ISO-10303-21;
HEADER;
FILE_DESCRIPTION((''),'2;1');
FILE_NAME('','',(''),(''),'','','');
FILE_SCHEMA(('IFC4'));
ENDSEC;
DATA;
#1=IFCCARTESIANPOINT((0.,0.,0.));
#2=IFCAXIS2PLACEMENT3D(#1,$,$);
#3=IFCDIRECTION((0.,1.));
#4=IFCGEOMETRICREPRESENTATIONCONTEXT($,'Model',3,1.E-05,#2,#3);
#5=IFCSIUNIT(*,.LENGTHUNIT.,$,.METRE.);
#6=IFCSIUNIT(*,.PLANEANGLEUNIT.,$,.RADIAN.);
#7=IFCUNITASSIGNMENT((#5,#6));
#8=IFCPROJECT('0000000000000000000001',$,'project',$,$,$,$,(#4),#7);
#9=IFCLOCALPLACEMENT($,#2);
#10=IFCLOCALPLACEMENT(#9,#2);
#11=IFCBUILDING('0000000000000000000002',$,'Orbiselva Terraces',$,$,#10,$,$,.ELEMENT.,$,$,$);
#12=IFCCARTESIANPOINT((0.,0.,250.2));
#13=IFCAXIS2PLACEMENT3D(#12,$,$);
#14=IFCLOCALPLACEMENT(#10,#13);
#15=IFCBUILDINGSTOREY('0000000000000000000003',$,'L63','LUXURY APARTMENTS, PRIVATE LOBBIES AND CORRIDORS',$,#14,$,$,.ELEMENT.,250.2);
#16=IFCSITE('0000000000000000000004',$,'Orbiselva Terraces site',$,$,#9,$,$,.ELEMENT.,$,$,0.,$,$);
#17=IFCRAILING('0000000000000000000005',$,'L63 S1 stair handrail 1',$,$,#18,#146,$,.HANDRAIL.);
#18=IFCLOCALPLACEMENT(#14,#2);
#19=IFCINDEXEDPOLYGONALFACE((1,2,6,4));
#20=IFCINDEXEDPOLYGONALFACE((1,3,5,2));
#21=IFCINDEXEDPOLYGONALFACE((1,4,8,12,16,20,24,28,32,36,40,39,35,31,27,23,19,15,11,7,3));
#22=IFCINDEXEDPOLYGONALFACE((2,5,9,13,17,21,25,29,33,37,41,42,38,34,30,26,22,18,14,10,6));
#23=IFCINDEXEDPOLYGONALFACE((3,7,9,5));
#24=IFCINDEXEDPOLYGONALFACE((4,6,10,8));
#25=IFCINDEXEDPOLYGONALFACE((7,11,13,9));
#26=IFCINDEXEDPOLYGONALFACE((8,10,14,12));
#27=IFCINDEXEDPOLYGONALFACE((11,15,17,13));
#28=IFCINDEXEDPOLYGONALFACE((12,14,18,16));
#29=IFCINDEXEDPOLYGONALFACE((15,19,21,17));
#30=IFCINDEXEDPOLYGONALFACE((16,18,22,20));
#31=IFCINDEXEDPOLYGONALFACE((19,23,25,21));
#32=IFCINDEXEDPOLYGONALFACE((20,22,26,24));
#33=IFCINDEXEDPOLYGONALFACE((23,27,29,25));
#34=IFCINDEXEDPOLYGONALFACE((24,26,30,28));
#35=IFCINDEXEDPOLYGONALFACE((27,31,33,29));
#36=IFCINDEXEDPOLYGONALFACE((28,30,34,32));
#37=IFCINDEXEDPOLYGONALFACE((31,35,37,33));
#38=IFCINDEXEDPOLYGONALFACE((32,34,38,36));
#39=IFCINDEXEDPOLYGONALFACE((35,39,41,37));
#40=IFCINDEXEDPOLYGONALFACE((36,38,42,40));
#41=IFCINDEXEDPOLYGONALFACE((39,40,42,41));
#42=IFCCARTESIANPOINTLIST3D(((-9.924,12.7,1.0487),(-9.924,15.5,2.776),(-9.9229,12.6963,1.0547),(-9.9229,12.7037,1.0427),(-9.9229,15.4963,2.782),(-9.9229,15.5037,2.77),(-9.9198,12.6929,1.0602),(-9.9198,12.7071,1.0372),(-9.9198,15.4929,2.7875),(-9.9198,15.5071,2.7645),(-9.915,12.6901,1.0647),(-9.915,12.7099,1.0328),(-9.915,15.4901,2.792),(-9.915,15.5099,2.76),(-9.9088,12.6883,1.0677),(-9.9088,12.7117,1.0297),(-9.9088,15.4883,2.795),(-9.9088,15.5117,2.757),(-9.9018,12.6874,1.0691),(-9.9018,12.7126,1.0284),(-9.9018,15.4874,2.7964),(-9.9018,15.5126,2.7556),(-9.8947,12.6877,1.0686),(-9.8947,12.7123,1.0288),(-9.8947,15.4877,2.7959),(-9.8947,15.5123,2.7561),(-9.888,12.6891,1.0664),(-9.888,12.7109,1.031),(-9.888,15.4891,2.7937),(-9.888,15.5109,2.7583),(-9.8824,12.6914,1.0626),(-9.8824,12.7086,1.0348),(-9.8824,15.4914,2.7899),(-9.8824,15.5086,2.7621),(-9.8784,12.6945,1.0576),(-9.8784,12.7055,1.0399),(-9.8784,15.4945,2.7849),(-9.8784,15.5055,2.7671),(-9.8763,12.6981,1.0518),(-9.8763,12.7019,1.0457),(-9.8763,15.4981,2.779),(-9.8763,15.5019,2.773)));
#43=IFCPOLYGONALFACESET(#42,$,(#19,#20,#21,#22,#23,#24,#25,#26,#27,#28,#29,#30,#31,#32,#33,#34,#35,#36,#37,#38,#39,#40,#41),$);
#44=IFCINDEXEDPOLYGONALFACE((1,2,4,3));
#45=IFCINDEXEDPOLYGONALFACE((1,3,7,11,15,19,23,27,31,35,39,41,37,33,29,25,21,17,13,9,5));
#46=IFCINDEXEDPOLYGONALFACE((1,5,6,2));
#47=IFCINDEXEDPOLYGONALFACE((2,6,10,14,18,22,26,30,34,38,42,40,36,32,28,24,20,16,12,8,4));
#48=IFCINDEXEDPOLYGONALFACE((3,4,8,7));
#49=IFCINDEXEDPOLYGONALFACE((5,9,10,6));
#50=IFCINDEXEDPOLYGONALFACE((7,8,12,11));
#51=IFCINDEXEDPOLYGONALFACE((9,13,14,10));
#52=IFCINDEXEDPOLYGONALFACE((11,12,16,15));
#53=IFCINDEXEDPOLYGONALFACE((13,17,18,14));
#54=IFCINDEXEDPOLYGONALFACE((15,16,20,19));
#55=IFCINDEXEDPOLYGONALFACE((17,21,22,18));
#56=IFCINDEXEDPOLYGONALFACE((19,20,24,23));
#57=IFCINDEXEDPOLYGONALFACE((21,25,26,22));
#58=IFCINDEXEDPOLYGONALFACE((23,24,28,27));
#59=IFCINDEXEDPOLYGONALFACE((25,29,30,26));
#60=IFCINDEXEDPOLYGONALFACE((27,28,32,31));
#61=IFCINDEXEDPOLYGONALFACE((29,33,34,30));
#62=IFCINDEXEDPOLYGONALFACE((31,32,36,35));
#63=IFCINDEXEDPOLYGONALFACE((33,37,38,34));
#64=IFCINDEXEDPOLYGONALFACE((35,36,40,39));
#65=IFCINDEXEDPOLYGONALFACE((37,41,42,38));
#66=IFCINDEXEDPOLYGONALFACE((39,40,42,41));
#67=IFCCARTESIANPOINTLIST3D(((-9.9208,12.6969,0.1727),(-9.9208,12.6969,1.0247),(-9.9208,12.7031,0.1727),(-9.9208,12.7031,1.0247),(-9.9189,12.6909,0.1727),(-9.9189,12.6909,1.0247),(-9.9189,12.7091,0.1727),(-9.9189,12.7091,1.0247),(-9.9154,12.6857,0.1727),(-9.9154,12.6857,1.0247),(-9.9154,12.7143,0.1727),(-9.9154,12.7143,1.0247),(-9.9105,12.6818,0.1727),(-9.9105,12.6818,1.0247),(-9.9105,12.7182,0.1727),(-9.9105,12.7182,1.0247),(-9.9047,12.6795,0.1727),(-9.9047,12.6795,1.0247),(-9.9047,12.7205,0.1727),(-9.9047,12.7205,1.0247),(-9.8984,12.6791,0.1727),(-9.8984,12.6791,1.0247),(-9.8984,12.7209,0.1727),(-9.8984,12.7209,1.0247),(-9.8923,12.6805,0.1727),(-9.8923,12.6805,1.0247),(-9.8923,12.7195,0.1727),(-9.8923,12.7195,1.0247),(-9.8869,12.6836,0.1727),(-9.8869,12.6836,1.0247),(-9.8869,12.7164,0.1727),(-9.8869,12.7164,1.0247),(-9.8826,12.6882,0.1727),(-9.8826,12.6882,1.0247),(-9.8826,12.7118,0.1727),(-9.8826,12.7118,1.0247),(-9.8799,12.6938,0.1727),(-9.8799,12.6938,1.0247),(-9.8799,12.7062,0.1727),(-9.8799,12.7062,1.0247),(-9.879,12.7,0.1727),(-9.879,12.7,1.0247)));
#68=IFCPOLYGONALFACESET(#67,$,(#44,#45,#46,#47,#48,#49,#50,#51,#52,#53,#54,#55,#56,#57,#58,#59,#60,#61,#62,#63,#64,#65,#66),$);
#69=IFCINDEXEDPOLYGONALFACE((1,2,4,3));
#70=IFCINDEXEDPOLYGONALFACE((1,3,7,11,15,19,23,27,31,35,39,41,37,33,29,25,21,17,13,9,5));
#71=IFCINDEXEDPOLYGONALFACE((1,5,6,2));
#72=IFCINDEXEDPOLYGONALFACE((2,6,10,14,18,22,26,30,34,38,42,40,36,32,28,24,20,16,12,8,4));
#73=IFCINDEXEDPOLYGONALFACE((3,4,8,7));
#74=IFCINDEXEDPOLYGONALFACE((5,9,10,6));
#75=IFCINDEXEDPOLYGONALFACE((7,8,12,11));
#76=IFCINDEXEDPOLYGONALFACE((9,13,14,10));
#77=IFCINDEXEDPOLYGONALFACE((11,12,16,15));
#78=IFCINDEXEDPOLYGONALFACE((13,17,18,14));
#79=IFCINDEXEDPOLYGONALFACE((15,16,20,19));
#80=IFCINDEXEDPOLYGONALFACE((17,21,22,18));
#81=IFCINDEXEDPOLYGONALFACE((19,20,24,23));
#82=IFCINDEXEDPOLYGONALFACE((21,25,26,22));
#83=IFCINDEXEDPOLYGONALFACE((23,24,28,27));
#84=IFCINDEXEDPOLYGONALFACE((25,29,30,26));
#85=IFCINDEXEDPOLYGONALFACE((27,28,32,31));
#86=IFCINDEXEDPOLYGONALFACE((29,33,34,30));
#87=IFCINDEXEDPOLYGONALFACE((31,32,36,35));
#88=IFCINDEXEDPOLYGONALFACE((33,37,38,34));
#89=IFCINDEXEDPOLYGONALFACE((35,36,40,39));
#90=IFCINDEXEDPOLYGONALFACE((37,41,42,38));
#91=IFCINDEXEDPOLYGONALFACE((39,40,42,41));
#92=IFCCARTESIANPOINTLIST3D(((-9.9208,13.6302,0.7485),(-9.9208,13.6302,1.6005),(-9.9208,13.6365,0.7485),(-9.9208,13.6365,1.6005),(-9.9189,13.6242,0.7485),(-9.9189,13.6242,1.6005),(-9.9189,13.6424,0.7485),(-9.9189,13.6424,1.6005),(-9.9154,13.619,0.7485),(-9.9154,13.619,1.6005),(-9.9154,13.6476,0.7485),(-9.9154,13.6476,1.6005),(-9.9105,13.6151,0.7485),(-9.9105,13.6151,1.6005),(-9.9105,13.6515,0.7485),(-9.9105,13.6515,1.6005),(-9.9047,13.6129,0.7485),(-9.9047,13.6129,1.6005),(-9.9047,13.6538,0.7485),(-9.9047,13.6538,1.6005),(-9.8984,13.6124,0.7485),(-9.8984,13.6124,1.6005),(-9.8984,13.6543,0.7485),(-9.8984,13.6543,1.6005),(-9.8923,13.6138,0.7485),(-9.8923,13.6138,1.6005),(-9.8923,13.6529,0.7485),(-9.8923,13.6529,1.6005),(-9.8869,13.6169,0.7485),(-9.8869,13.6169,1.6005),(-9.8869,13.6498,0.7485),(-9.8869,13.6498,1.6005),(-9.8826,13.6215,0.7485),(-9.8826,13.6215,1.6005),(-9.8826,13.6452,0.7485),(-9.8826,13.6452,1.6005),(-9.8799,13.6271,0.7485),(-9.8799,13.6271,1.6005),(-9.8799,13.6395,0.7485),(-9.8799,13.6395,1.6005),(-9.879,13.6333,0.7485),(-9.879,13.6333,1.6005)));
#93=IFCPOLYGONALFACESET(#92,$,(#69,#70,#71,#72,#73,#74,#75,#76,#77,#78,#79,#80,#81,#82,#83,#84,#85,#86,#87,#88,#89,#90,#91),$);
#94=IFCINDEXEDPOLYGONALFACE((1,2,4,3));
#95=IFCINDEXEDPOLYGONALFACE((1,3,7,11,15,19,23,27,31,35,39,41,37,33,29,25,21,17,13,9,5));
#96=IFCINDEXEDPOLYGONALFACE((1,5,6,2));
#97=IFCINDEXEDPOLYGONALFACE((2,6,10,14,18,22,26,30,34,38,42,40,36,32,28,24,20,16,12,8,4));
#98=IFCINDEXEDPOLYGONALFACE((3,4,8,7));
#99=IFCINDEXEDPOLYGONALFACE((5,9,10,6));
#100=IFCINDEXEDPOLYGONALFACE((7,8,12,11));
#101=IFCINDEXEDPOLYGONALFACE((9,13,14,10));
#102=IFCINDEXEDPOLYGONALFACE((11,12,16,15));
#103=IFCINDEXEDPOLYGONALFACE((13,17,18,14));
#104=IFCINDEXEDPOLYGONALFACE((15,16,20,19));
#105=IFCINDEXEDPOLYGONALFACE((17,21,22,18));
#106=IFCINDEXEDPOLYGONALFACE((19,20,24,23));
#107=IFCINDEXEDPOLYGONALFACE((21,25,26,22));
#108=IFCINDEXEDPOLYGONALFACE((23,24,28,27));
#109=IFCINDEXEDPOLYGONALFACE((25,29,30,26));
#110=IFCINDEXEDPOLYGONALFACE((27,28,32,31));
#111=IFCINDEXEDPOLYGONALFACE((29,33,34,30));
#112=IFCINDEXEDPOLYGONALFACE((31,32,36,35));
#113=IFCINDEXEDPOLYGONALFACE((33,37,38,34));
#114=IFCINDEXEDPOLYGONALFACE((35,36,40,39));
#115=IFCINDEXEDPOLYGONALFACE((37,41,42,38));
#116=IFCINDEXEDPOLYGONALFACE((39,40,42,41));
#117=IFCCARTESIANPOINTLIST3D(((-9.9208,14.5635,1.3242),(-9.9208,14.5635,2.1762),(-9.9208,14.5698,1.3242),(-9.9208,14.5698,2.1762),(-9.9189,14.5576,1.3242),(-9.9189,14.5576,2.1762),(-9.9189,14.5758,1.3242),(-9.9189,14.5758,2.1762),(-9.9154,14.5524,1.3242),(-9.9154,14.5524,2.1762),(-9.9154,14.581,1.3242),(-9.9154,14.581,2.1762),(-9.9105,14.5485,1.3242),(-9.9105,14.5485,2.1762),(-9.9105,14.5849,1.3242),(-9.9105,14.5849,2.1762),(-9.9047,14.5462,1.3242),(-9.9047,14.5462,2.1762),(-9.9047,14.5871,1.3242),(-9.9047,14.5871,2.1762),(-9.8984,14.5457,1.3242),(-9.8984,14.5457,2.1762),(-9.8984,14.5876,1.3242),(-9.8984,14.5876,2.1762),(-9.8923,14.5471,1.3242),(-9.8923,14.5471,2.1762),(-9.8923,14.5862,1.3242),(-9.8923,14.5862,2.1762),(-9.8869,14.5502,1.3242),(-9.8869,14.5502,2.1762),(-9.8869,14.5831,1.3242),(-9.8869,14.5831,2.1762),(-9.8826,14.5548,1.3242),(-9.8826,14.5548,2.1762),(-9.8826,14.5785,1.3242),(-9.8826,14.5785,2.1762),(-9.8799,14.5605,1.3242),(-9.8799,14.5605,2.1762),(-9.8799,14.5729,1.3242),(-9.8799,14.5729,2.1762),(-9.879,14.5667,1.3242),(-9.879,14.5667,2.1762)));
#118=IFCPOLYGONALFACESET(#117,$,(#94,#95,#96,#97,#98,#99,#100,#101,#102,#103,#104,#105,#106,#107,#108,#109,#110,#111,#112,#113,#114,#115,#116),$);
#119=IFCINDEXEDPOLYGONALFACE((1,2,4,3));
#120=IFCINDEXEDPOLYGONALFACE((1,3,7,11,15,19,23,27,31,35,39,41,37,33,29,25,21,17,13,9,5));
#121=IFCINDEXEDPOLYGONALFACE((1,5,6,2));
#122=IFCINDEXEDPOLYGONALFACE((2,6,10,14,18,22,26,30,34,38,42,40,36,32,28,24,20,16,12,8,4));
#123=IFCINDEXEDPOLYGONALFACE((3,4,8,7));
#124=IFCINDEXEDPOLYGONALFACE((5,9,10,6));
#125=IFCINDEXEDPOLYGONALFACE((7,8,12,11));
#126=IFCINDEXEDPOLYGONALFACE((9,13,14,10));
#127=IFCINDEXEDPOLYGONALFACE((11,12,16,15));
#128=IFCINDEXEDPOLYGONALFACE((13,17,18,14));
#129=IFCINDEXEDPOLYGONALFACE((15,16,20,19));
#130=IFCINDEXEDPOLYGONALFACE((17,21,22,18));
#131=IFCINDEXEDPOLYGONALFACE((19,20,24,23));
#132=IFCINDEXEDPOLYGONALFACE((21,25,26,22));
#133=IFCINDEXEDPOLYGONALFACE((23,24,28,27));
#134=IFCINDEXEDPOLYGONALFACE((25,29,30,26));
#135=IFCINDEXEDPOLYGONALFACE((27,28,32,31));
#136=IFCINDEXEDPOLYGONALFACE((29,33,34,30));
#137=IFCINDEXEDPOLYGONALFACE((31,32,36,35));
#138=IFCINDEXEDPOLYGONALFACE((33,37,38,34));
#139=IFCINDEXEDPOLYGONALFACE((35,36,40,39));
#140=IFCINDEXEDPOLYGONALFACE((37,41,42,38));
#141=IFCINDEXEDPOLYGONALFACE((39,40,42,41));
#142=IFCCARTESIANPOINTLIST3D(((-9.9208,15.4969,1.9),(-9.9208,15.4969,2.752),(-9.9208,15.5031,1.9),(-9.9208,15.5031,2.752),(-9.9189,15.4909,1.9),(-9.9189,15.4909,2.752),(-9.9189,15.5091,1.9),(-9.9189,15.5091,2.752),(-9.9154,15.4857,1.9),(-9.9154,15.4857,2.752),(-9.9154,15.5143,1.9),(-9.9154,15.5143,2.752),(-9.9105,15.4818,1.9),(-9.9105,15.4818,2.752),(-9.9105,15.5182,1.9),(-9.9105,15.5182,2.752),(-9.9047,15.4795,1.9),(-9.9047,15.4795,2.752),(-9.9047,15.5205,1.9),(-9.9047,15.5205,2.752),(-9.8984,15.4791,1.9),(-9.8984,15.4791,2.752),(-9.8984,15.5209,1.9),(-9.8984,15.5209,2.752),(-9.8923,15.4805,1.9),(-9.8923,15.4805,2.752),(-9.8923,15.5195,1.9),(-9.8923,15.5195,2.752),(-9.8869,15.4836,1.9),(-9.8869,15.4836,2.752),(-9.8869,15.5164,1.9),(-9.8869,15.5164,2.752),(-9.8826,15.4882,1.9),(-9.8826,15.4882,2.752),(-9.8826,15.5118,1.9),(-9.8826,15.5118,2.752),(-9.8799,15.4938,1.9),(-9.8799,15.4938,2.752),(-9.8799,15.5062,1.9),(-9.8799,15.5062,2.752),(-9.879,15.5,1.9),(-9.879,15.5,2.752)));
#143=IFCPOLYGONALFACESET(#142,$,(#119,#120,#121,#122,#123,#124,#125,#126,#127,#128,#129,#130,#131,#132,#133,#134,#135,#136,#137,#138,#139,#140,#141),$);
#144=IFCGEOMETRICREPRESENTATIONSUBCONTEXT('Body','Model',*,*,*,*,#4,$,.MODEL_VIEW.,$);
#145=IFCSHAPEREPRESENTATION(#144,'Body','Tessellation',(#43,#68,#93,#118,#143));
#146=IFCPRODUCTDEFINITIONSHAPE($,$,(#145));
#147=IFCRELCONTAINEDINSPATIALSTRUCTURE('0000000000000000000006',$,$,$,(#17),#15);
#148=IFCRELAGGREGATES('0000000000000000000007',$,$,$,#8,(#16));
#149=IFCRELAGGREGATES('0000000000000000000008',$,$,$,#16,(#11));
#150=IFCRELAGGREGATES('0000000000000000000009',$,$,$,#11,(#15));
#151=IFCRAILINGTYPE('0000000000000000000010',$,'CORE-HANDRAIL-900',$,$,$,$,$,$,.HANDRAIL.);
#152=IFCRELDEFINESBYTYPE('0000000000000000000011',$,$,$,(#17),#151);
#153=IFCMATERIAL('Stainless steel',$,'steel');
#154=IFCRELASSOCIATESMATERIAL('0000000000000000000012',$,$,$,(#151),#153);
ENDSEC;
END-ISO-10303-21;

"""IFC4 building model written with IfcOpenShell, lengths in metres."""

from ifc_helpers import new_model, si_unit, direction, frame, origin, origin_2d, place, context, subcontext, project, spatial, circle, extrude, material, type_object, element, save


model = new_model("IFC4")

# Units and contexts
model_context = context("Model", 3, precision=1e-05, world=origin(), true_north=direction((0.0, 1.0)))
body_context = subcontext(model_context, "Body", "Model", "MODEL_VIEW")
ifc_project = project(units=[si_unit("LENGTHUNIT", "METRE"), si_unit("PLANEANGLEUNIT", "RADIAN")], contexts=[model_context])

# Site, building, storey
site_placement = place(None, origin())
site = spatial("IfcSite", under=ifc_project, at=site_placement, Name="Orbiselva Terraces site", CompositionType="ELEMENT", RefElevation=0.0)
building_placement = place(site_placement, origin())
building = spatial("IfcBuilding", under=site, at=building_placement, Name="Orbiselva Terraces", CompositionType="ELEMENT")
storey_placement = place(building_placement, frame((0.0, 0.0, 250.2)))
storey = spatial("IfcBuildingStorey", under=building, at=storey_placement, Name="L63", Description="LUXURY APARTMENTS, PRIVATE LOBBIES AND CORRIDORS", CompositionType="ELEMENT", Elevation=250.2)

# Railing
ifc_material_1 = material(Name="Stainless steel", Category="steel")
railing_type_1 = type_object("IfcRailingType", Name="CORE-HANDRAIL-900", PredefinedType="HANDRAIL", material=ifc_material_1)
railing_1_placement = place(storey_placement, frame((-9.9, 12.7, 0.1727)))
element("IfcRailing", 1, at=railing_1_placement, inside=storey, type_object=railing_type_1, Name="L63 S1 stair handrail 1", PredefinedType="HANDRAIL", context=body_context, shape_type="SweptSolid", body=[
    extrude(circle(Radius=0.024, at=origin_2d()), frame((0.0, 0.0, 0.876), z_axis=(0.0, 0.851089, 0.525022), x_axis=(-1.0, 0.0, 0.0)), (0.0, 0.0, 1.0), 3.2899),
    extrude(circle(Radius=0.021, at=origin_2d()), origin(), (0.0, 0.0, 1.0), 0.852),
    extrude(circle(Radius=0.021, at=origin_2d()), frame((0.0, 0.9333, 0.5758)), (0.0, 0.0, 1.0), 0.852),
    extrude(circle(Radius=0.021, at=origin_2d()), frame((0.0, 1.8667, 1.1515)), (0.0, 0.0, 1.0), 0.852),
    extrude(circle(Radius=0.021, at=origin_2d()), frame((0.0, 2.8, 1.7273)), (0.0, 0.0, 1.0), 0.852),
])

save(model, "model.ifc")
